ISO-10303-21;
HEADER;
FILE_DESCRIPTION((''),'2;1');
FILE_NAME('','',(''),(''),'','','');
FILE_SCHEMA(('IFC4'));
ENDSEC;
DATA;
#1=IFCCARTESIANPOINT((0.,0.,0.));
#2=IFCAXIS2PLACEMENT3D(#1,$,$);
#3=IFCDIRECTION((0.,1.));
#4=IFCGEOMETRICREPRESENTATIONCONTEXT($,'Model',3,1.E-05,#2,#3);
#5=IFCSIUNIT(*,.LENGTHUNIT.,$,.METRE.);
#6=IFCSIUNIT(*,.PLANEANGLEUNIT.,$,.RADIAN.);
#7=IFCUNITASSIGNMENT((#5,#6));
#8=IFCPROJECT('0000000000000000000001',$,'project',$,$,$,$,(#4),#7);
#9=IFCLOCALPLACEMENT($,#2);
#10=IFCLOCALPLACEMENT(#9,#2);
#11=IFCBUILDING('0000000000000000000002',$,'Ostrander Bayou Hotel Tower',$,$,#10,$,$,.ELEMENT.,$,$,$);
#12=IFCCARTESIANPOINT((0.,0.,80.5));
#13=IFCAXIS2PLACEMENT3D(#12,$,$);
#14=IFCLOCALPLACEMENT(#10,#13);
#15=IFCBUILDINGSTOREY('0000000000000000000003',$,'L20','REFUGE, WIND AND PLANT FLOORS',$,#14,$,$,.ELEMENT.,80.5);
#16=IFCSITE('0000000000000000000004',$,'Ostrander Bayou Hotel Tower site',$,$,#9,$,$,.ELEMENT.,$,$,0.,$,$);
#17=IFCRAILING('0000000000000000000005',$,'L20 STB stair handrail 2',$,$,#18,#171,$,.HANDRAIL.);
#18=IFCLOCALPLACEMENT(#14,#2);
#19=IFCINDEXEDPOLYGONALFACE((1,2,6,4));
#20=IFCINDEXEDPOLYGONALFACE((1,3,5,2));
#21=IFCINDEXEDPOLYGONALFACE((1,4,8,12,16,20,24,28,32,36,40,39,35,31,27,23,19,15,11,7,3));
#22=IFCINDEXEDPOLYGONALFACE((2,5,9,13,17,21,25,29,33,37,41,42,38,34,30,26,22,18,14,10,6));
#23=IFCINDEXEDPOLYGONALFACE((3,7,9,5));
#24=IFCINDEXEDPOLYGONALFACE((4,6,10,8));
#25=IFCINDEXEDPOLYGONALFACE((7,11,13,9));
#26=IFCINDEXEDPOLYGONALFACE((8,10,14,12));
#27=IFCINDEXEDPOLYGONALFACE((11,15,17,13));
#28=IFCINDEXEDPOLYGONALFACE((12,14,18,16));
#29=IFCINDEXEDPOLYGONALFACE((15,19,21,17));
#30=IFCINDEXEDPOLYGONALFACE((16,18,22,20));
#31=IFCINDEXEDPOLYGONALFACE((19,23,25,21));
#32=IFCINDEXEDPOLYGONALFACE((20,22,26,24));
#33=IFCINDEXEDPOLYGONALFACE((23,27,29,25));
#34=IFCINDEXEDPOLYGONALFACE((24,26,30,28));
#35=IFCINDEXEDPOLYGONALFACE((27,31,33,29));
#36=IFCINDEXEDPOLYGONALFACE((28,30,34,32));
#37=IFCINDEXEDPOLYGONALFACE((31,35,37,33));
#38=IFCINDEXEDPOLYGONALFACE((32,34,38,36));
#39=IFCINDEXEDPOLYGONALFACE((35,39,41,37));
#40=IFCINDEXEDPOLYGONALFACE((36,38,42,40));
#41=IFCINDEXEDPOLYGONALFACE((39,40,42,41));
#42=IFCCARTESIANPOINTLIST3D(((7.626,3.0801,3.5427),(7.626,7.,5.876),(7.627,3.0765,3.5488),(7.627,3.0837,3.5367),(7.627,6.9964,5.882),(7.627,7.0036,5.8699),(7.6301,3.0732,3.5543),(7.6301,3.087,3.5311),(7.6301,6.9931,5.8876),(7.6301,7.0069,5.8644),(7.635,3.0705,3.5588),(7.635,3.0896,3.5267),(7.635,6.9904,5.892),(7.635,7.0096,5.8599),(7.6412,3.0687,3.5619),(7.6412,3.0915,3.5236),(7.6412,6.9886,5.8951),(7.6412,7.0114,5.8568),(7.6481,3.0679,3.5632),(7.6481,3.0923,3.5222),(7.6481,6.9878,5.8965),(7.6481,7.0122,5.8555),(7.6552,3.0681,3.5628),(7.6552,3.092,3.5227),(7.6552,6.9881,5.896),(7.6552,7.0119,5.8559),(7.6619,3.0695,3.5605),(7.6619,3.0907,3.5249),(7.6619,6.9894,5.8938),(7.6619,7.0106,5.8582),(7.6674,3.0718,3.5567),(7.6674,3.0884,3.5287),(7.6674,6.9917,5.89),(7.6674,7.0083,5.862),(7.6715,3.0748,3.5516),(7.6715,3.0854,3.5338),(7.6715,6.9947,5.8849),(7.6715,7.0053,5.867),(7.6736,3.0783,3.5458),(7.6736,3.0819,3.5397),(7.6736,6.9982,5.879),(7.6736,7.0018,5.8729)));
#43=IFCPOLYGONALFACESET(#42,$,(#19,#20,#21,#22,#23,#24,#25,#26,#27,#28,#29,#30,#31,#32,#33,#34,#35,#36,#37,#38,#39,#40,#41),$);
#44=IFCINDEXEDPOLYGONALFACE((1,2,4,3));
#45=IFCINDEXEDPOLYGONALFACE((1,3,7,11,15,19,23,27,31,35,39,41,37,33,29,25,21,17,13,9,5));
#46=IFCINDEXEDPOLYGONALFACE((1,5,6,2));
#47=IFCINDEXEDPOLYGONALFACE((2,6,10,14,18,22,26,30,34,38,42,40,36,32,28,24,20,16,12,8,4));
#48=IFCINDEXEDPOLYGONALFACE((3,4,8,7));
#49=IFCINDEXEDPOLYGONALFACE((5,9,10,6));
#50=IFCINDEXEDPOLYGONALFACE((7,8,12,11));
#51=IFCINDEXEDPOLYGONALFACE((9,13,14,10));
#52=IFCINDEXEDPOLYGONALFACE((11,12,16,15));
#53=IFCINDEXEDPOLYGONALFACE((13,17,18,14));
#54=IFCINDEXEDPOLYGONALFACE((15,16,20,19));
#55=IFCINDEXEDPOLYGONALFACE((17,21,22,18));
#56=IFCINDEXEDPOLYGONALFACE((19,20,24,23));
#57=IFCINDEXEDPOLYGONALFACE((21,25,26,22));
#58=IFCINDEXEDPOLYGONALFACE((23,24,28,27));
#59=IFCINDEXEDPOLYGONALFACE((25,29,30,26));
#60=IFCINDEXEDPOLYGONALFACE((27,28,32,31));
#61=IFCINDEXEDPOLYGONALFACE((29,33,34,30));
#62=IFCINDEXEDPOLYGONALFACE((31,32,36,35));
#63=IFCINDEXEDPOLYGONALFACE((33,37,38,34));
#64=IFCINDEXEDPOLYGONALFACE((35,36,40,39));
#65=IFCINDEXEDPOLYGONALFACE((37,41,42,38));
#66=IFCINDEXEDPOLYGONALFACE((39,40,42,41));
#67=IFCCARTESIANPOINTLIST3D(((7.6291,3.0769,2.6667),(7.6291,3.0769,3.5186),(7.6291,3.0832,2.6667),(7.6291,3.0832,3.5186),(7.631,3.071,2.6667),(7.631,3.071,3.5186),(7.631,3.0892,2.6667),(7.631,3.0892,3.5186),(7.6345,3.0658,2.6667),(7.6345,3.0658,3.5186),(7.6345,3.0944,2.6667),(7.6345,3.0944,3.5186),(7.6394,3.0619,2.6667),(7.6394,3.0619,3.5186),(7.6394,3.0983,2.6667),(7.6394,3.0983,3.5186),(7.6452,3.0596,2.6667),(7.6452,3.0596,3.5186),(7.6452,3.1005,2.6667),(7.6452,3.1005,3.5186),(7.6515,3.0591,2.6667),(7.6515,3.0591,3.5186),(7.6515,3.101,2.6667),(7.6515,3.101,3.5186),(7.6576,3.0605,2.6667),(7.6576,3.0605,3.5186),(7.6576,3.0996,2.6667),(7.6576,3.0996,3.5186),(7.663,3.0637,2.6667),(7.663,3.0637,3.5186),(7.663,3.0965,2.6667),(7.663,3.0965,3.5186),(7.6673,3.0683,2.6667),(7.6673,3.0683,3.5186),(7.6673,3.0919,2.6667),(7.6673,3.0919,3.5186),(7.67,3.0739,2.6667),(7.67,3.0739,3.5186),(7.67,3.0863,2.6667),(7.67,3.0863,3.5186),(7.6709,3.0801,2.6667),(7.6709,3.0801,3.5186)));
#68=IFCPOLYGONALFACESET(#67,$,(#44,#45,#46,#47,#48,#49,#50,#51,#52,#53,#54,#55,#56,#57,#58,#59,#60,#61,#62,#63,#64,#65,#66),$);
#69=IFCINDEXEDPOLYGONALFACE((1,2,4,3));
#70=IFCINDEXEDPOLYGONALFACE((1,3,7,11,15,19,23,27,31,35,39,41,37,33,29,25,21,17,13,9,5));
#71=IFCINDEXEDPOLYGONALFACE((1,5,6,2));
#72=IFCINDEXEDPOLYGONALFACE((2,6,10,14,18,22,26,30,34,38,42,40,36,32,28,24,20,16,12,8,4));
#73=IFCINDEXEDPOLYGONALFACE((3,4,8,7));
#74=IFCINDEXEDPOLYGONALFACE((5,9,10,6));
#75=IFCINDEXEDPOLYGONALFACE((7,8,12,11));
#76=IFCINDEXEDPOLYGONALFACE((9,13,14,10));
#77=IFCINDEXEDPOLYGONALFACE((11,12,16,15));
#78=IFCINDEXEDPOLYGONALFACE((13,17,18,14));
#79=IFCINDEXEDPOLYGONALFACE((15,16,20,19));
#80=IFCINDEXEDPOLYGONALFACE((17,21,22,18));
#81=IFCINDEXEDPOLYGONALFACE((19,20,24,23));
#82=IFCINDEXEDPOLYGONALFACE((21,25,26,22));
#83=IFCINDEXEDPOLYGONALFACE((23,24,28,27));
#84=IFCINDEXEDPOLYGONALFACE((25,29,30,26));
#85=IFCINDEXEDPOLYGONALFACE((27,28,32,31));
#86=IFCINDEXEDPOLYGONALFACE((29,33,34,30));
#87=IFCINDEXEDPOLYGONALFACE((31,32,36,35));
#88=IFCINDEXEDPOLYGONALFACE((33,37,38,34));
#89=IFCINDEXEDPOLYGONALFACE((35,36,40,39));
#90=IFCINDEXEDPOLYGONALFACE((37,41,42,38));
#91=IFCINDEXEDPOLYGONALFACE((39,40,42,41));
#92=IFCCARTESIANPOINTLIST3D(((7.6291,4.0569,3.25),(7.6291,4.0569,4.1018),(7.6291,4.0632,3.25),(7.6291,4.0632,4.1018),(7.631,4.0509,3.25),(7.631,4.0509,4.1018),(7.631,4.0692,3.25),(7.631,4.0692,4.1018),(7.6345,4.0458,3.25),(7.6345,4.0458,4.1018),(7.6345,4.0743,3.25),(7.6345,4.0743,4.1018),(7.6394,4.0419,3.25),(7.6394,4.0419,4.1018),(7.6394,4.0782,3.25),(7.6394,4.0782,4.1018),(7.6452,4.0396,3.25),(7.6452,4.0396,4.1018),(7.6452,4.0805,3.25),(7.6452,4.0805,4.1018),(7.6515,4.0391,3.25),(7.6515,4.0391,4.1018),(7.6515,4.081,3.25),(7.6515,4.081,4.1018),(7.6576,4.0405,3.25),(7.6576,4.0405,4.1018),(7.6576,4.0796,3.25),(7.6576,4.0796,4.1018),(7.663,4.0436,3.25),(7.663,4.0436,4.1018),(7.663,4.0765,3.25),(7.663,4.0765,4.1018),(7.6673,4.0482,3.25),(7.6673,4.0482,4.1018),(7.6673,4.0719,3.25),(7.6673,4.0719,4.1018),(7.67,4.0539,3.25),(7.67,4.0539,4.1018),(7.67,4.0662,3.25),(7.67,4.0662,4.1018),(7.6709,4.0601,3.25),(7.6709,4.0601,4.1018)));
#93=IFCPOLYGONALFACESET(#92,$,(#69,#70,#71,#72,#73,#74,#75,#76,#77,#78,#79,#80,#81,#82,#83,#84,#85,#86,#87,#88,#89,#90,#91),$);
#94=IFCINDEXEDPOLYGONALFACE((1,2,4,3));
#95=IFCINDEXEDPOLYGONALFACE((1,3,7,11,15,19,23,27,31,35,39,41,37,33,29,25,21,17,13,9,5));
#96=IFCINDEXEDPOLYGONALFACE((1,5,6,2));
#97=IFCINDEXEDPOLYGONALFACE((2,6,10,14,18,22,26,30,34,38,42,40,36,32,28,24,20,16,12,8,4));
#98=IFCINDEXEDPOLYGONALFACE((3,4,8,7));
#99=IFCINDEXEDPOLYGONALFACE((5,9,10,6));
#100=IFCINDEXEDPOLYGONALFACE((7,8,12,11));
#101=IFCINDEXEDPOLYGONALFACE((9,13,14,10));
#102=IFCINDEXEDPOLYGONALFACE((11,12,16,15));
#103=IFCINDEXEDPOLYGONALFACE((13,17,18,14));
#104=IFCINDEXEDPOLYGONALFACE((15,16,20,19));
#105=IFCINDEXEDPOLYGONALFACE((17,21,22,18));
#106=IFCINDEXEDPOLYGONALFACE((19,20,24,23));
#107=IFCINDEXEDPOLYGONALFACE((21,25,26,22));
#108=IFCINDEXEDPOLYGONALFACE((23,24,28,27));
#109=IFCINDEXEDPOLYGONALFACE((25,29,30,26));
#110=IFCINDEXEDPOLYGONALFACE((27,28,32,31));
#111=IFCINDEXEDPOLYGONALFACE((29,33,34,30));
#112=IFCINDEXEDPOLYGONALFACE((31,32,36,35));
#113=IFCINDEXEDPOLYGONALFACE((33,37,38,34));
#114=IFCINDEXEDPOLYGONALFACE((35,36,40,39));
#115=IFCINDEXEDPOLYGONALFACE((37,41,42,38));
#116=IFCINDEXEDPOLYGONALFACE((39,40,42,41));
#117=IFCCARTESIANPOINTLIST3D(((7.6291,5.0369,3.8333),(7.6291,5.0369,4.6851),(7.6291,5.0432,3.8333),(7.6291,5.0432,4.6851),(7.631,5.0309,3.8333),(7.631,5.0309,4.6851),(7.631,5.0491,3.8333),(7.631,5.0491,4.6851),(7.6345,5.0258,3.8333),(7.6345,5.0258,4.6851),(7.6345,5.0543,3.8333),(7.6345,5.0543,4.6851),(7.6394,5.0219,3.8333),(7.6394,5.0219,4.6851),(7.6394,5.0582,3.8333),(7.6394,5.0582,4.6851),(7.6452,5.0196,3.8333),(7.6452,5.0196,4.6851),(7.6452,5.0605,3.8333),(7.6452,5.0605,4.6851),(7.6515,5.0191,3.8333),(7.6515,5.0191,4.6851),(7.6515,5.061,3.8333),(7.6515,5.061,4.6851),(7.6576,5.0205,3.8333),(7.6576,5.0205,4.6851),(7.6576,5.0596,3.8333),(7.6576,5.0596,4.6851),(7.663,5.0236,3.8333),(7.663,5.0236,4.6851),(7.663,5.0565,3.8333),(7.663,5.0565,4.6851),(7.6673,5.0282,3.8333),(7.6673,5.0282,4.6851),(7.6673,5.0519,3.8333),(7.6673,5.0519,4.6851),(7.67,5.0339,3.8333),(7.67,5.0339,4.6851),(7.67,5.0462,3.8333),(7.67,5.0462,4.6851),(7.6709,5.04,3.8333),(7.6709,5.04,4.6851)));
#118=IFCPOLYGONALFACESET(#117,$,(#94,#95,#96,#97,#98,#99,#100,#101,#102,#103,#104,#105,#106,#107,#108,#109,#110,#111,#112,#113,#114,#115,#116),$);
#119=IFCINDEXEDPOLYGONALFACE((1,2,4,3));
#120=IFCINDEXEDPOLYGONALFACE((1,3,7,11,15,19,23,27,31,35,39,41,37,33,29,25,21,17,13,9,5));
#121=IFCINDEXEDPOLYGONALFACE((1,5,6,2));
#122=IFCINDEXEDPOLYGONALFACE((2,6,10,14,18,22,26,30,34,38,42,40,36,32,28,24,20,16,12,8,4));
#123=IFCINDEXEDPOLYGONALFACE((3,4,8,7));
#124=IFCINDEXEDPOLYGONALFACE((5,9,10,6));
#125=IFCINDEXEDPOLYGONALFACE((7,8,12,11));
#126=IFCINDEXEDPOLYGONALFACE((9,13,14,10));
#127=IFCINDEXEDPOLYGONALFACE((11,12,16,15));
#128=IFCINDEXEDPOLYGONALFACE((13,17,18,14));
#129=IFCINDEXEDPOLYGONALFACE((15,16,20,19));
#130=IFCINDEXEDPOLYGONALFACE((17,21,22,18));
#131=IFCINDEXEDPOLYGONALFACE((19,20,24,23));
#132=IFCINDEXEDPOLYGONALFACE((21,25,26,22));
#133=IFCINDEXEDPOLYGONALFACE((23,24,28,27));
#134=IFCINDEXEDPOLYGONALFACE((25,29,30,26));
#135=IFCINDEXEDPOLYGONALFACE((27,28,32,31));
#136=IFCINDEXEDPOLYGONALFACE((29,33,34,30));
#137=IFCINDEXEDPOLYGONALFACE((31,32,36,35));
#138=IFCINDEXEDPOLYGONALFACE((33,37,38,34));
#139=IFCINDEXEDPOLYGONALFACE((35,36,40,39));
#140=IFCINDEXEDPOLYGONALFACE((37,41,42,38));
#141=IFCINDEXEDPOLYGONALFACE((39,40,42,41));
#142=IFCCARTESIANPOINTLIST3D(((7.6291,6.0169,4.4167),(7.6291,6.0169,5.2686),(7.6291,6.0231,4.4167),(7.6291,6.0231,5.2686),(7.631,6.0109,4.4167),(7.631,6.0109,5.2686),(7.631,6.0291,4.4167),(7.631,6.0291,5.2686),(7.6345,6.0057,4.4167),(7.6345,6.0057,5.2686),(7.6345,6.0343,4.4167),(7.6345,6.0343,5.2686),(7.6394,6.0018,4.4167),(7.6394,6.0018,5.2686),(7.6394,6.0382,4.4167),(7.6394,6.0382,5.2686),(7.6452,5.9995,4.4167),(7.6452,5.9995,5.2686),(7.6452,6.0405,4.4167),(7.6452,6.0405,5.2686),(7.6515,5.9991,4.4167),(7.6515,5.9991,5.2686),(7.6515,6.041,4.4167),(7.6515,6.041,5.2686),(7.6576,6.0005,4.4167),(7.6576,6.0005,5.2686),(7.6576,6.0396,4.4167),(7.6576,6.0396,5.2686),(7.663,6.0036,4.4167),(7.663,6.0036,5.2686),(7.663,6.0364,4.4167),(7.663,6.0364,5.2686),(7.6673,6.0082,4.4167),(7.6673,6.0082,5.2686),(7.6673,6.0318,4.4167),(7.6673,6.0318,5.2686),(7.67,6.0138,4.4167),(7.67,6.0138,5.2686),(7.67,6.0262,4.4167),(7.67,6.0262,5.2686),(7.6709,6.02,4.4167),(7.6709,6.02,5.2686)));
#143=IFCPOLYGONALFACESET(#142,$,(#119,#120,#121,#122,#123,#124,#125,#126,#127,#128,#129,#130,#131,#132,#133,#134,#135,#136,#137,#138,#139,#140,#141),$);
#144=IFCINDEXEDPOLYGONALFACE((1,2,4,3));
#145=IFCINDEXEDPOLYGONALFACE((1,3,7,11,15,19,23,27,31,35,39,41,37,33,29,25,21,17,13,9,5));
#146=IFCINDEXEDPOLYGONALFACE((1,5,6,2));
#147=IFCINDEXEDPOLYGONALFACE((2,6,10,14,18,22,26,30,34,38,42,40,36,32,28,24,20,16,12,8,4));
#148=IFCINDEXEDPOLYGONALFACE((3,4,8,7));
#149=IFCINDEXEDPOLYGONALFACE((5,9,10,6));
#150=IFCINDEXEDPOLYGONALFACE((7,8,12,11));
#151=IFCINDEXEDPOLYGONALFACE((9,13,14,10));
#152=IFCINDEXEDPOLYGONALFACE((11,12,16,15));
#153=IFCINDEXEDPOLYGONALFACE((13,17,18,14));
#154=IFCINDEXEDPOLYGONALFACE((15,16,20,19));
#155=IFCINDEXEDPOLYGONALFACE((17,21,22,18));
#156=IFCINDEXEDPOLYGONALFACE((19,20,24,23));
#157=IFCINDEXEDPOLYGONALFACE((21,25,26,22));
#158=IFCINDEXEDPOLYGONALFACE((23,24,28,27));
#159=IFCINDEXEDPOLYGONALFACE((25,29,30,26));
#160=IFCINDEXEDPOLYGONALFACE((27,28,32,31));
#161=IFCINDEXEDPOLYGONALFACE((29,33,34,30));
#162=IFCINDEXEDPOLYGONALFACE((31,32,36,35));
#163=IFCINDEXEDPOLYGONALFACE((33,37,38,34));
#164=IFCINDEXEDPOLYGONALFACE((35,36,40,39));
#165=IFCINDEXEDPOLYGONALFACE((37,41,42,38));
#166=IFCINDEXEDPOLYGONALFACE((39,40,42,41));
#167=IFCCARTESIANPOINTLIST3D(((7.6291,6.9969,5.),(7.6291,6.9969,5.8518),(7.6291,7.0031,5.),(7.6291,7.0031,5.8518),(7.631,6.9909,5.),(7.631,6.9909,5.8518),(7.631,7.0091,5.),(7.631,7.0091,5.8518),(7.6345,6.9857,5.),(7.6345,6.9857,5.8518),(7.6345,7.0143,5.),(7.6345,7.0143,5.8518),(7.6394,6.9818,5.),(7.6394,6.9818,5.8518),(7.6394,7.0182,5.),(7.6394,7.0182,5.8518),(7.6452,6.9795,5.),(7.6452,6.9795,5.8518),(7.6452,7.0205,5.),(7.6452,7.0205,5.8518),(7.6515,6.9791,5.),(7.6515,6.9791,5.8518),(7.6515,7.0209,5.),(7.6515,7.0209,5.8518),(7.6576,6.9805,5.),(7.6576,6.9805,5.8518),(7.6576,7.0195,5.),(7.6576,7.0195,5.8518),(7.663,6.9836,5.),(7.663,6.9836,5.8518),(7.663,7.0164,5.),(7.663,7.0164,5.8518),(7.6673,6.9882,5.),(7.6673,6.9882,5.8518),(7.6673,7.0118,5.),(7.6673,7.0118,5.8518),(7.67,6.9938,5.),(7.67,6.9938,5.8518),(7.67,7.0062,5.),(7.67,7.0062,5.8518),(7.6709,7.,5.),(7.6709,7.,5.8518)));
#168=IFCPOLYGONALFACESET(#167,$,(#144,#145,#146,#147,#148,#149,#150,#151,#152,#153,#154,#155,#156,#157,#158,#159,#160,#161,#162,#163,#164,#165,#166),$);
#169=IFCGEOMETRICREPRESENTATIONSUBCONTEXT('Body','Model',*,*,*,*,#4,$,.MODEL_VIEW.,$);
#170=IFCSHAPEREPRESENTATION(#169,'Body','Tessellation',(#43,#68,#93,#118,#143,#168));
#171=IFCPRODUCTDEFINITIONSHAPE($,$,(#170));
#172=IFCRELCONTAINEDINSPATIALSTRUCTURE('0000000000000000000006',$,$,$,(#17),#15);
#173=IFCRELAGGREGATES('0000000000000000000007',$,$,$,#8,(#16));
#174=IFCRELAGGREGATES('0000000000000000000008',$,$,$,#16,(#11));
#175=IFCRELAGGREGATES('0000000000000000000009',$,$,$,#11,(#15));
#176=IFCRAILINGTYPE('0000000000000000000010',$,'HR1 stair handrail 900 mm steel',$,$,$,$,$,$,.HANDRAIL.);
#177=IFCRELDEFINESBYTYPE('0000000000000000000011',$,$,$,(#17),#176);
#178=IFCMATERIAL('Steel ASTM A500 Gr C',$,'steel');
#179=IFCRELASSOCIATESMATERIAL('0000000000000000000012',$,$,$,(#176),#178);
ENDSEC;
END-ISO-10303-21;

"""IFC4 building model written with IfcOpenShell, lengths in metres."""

from ifc_helpers import new_model, si_unit, direction, frame, origin, origin_2d, place, context, subcontext, project, spatial, circle, extrude, material, type_object, element, save


model = new_model("IFC4")

# Units and contexts
model_context = context("Model", 3, precision=1e-05, world=origin(), true_north=direction((0.0, 1.0)))
body_context = subcontext(model_context, "Body", "Model", "MODEL_VIEW")
ifc_project = project(units=[si_unit("LENGTHUNIT", "METRE"), si_unit("PLANEANGLEUNIT", "RADIAN")], contexts=[model_context])

# Site, building, storey
site_placement = place(None, origin())
site = spatial("IfcSite", under=ifc_project, at=site_placement, Name="Ostrander Bayou Hotel Tower site", CompositionType="ELEMENT", RefElevation=0.0)
building_placement = place(site_placement, origin())
building = spatial("IfcBuilding", under=site, at=building_placement, Name="Ostrander Bayou Hotel Tower", CompositionType="ELEMENT")
storey_placement = place(building_placement, frame((0.0, 0.0, 80.5)))
storey = spatial("IfcBuildingStorey", under=building, at=storey_placement, Name="L20", Description="REFUGE, WIND AND PLANT FLOORS", CompositionType="ELEMENT", Elevation=80.5)

# Railing
ifc_material_1 = material(Name="Steel ASTM A500 Gr C", Category="steel")
railing_type_1 = type_object("IfcRailingType", Name="HR1 stair handrail 900 mm steel", PredefinedType="HANDRAIL", material=ifc_material_1)
railing_1_placement = place(storey_placement, frame((7.6499, 3.0801, 2.6667)))
element("IfcRailing", 1, at=railing_1_placement, inside=storey, type_object=railing_type_1, Name="L20 STB stair handrail 2", PredefinedType="HANDRAIL", context=body_context, shape_type="SweptSolid", body=[
    extrude(circle(Radius=0.0239, at=origin_2d()), frame((0.0, 0.0, 0.876), z_axis=(0.0, 0.859296, 0.511478), x_axis=(-1.0, 0.0, 0.0)), (0.0, 0.0, 1.0), 4.5618),
    extrude(circle(Radius=0.021, at=origin_2d()), origin(), (0.0, 0.0, 1.0), 0.8518),
    extrude(circle(Radius=0.021, at=origin_2d()), frame((0.0, 0.98, 0.5833)), (0.0, 0.0, 1.0), 0.8518),
    extrude(circle(Radius=0.021, at=origin_2d()), frame((0.0, 1.96, 1.1665)), (0.0, 0.0, 1.0), 0.8518),
    extrude(circle(Radius=0.021, at=origin_2d()), frame((0.0, 2.9399, 1.75)), (0.0, 0.0, 1.0), 0.8518),
    extrude(circle(Radius=0.021, at=origin_2d()), frame((0.0, 3.9199, 2.3333)), (0.0, 0.0, 1.0), 0.8518),
])

save(model, "model.ifc")
